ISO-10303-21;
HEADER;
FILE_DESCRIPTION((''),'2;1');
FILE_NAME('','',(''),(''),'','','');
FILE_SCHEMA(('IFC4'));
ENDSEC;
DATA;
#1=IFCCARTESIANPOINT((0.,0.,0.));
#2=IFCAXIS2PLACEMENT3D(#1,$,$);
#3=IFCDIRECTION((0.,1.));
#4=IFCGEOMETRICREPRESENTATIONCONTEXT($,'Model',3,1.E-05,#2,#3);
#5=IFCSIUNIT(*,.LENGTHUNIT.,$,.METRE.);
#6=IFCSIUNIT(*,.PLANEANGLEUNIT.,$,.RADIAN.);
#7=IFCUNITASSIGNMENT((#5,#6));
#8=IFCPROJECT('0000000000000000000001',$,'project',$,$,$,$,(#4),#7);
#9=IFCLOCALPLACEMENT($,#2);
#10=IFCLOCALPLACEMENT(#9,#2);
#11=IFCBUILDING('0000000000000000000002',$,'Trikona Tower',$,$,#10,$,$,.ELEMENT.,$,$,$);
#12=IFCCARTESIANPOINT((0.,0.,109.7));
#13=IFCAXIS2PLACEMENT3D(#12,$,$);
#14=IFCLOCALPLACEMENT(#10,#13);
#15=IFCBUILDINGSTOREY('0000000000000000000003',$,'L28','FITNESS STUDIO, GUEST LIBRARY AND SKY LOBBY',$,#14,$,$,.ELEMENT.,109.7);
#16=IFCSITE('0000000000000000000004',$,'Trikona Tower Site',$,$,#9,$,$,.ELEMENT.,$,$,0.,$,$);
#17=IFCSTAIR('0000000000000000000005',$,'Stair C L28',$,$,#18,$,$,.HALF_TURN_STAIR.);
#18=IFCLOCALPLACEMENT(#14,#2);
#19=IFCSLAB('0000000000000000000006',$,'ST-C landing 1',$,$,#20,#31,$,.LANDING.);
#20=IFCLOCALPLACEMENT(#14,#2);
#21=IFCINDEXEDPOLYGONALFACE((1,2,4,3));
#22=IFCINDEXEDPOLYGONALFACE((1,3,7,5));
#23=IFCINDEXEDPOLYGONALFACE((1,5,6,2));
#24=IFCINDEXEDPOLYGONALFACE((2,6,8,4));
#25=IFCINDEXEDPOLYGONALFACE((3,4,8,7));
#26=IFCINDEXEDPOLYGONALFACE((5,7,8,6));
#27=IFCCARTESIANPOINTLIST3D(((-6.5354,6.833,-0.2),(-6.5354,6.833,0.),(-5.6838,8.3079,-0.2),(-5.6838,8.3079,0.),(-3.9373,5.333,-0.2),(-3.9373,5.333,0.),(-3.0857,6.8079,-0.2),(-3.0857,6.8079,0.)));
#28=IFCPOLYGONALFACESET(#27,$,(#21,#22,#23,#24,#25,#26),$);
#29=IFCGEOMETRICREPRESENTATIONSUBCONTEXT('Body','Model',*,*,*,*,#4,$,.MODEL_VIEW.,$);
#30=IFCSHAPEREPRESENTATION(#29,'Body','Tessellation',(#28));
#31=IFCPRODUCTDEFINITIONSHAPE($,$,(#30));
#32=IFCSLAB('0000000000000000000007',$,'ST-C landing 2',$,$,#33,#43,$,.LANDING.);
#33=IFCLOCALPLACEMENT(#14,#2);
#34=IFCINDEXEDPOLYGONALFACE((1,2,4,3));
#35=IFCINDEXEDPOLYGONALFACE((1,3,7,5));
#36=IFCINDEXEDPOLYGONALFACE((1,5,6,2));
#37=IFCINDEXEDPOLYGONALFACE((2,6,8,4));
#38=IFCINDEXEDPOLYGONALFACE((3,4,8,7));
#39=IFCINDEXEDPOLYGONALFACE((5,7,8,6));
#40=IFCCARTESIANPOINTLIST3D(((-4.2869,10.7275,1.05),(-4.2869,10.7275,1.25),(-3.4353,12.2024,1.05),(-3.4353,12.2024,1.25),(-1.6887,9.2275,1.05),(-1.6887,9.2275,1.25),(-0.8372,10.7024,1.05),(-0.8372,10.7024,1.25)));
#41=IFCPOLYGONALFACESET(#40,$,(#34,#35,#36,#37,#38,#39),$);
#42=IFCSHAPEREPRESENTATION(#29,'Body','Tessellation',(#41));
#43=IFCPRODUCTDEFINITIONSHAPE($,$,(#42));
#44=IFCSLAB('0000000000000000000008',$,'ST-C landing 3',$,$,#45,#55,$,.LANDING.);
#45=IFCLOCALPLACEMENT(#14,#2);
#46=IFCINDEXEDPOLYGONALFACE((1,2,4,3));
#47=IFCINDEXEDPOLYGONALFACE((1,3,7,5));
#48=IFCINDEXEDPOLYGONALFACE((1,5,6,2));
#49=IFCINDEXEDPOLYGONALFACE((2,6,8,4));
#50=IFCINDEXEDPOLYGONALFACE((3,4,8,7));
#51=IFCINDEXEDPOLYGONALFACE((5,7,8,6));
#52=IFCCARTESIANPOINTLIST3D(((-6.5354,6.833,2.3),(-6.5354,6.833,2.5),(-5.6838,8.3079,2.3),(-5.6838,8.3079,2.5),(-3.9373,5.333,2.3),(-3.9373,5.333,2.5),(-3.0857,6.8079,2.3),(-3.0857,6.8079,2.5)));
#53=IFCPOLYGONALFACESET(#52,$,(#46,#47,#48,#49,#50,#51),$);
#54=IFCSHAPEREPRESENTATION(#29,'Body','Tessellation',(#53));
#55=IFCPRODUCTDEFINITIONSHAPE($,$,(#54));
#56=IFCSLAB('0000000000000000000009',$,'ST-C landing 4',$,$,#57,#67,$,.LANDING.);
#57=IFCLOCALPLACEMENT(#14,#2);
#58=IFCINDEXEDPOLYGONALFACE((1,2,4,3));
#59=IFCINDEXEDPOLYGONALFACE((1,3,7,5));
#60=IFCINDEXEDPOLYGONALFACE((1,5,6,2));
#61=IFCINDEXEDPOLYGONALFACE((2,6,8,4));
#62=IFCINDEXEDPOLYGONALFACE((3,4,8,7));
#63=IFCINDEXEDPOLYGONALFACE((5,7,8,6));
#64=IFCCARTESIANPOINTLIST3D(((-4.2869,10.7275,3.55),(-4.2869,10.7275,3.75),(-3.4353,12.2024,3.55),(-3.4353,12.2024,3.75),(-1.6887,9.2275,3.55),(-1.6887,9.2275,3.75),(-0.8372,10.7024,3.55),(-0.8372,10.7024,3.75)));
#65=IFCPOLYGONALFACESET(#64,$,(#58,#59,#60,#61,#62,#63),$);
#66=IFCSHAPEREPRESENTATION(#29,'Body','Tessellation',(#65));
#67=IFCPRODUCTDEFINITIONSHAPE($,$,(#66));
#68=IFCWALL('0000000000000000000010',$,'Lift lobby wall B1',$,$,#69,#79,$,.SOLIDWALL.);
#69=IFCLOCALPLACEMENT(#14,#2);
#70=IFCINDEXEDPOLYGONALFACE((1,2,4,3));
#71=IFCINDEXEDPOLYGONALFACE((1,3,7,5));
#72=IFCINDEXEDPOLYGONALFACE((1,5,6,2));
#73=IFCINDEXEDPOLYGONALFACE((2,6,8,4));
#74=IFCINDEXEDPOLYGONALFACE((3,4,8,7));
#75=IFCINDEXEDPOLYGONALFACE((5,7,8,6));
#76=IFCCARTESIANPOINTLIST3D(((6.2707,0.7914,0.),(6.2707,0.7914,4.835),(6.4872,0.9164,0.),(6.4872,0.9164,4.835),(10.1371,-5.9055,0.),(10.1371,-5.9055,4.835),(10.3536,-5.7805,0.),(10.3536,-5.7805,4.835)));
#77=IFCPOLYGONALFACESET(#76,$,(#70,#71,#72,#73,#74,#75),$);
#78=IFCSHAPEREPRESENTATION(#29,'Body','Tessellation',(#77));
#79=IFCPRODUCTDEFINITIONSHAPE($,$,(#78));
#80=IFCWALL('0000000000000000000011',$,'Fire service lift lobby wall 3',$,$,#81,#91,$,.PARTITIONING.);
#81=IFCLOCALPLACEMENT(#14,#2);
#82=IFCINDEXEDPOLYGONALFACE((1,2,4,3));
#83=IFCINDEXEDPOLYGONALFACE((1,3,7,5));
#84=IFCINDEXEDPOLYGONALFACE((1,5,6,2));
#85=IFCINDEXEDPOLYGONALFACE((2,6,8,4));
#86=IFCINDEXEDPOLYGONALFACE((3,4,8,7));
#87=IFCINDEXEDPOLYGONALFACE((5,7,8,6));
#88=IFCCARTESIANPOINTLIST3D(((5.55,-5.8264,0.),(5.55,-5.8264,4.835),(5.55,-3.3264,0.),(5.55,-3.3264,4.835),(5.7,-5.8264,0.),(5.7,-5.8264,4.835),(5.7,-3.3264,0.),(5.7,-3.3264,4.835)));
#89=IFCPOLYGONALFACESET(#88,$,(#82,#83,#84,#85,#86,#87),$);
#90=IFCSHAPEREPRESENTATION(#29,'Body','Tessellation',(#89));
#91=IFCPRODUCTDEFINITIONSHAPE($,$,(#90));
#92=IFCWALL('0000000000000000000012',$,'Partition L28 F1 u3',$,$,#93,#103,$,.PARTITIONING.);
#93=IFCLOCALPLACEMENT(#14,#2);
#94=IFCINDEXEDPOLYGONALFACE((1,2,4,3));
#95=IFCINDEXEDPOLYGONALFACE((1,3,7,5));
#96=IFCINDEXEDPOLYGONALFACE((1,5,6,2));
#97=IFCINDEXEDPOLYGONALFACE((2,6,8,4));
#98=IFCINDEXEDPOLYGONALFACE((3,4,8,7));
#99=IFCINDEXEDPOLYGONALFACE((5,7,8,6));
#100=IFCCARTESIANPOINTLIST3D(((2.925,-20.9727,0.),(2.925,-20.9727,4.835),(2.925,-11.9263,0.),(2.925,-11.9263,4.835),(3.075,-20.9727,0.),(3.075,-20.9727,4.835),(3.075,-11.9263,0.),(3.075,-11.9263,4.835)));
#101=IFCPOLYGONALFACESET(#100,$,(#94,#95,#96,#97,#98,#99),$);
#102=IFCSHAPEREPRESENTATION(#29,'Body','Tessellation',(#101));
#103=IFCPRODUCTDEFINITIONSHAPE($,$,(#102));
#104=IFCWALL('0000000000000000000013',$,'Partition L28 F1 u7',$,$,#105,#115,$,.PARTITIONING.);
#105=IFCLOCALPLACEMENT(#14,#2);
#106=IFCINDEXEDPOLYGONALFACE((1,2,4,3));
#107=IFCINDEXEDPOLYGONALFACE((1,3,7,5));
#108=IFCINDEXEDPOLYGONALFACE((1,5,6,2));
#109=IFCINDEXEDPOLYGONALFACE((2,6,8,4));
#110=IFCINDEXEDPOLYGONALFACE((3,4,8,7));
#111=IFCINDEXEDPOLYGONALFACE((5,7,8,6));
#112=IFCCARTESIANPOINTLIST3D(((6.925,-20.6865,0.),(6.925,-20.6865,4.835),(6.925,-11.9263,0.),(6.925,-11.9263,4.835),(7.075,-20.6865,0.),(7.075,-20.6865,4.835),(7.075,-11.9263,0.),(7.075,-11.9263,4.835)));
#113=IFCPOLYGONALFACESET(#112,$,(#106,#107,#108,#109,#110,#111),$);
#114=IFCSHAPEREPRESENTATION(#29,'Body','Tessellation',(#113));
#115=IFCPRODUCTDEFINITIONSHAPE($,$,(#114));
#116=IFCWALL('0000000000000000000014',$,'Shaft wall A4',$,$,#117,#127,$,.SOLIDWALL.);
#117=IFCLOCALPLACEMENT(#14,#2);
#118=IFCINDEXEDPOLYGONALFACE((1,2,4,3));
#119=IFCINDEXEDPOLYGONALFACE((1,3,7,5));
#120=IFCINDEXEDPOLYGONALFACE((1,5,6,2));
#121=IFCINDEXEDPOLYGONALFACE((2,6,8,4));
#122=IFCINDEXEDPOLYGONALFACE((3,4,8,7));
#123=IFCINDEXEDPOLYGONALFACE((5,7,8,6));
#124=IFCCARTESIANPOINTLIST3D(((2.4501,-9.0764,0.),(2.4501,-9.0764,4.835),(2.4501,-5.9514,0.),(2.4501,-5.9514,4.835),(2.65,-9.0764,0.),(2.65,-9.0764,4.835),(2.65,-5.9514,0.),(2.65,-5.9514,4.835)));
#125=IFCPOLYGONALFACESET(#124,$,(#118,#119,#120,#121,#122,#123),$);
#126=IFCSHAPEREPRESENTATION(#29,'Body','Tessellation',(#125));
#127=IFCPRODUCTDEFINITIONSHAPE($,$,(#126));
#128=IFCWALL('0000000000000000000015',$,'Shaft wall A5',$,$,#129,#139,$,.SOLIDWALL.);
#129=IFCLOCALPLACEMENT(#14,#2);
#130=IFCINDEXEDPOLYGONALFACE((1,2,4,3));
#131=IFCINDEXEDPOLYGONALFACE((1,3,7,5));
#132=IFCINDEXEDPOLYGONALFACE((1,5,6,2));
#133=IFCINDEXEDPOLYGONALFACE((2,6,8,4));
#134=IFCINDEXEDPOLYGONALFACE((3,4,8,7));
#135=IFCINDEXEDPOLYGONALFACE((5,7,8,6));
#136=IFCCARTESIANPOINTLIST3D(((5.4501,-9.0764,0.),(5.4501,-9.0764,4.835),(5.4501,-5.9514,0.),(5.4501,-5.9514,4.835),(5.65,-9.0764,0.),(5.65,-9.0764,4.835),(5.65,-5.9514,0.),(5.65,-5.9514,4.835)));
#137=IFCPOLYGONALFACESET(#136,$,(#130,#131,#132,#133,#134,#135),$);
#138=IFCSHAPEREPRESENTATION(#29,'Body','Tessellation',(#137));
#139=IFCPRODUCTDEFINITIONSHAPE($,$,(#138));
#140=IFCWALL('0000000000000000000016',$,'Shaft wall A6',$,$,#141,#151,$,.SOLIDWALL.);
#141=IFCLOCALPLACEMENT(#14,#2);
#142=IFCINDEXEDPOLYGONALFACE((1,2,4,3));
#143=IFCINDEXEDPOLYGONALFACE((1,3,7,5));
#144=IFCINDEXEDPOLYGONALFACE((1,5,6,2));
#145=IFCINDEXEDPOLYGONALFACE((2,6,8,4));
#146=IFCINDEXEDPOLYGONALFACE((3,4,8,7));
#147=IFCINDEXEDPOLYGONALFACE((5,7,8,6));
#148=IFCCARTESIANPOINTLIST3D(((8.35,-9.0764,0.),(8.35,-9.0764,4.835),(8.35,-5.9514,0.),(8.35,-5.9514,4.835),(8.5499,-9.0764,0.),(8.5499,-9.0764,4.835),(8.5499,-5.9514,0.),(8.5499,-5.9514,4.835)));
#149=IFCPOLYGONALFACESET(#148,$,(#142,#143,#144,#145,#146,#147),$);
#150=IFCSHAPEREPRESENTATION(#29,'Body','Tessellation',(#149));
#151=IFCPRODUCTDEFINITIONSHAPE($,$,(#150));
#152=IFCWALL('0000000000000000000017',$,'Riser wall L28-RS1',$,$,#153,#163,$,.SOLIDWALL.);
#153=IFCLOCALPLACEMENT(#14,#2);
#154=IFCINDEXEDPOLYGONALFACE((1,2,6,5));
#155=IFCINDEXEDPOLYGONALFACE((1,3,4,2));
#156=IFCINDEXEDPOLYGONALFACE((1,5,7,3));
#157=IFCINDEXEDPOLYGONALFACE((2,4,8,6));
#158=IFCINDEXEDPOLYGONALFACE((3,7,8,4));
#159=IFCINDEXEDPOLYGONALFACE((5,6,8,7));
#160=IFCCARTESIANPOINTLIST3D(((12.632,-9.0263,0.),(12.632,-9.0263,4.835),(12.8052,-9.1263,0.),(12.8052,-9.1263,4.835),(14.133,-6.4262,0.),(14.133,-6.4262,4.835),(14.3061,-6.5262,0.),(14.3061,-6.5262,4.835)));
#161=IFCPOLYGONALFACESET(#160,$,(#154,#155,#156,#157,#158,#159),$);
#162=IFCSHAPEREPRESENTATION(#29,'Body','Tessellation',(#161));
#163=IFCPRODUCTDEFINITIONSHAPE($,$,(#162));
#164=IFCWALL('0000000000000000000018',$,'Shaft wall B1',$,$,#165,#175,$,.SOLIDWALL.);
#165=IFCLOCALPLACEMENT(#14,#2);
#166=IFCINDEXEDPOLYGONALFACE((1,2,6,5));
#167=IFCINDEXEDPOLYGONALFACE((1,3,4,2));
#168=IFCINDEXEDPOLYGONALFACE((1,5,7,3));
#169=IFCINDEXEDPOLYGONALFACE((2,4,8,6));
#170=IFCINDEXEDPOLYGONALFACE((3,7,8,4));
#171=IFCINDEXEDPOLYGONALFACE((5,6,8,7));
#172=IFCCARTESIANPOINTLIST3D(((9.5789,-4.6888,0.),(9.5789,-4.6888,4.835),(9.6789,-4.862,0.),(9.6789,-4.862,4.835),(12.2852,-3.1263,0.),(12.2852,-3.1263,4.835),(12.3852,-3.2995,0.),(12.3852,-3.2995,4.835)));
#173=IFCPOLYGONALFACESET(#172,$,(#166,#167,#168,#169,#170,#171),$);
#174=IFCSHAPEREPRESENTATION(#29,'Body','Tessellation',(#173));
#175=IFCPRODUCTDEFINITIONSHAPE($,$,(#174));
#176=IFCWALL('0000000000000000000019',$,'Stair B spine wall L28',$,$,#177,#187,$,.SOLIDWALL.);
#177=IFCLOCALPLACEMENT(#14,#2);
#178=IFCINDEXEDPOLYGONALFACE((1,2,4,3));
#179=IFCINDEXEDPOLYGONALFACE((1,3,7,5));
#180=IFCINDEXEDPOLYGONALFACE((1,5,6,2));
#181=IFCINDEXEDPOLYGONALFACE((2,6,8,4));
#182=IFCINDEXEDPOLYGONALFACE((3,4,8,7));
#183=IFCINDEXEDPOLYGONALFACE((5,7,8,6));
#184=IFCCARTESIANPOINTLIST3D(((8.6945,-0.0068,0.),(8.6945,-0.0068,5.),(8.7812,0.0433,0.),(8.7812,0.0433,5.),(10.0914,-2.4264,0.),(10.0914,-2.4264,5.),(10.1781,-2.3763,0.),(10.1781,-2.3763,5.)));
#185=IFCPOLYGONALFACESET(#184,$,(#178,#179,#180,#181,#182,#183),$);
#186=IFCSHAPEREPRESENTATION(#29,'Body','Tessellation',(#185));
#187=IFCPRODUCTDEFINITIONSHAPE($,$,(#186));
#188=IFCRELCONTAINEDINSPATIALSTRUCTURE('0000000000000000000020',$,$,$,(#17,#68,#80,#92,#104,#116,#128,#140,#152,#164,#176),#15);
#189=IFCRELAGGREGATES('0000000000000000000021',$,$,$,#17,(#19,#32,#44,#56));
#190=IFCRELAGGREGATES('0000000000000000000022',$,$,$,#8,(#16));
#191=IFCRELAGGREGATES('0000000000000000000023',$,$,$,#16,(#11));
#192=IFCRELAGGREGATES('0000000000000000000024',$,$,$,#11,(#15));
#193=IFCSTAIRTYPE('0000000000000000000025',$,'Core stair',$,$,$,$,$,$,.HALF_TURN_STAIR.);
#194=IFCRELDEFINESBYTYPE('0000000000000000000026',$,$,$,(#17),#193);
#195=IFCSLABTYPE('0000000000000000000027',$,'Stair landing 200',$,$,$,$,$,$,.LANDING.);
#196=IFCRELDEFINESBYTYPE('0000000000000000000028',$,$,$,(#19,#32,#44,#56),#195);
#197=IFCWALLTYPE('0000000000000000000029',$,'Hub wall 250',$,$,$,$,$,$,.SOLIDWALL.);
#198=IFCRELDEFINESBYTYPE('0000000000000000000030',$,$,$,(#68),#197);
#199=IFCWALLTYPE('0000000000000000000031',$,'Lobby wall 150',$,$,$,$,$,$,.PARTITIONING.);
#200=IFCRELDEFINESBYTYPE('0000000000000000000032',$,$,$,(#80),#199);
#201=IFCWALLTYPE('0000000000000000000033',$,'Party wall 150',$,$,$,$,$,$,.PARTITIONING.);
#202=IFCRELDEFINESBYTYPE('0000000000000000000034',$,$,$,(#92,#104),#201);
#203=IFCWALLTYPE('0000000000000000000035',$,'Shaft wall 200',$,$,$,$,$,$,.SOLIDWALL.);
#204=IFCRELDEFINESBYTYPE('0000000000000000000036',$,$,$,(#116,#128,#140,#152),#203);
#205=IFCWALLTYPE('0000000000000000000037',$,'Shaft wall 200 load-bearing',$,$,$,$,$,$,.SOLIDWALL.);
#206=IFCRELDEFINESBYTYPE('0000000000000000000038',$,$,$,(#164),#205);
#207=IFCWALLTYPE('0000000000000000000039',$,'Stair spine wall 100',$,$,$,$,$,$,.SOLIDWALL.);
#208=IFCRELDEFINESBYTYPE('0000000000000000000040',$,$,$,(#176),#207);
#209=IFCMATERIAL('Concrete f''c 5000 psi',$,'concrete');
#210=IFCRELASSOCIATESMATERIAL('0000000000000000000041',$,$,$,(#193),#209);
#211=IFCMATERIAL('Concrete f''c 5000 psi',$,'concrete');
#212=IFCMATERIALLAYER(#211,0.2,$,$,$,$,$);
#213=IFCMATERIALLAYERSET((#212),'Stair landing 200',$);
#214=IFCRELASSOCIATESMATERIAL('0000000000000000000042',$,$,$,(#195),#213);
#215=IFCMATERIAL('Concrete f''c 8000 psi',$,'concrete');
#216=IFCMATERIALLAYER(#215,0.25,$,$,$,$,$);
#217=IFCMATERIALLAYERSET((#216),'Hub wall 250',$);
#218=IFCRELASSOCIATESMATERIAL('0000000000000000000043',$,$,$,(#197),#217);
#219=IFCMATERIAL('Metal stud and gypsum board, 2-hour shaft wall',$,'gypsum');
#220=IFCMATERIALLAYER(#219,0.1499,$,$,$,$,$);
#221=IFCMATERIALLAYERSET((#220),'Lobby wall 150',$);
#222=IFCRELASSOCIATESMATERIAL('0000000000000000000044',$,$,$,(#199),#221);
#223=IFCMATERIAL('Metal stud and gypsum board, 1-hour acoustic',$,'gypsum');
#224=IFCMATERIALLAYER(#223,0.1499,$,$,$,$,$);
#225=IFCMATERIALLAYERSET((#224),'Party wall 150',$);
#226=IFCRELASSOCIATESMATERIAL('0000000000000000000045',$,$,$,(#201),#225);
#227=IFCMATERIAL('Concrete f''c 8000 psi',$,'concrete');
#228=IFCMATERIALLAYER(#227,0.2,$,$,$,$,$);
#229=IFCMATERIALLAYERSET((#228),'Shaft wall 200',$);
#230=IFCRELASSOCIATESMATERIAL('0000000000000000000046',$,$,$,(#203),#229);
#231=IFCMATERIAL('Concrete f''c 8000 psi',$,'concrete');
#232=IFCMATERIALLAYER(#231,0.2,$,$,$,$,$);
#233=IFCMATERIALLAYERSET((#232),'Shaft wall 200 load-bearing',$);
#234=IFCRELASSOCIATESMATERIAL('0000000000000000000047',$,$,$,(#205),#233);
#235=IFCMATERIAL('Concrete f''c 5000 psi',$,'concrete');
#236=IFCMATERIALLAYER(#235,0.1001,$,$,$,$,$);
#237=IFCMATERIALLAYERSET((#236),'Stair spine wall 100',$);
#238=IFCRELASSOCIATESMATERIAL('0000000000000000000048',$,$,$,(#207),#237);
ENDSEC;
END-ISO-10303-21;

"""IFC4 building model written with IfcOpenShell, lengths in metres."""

from ifc_helpers import new_model, si_unit, direction, frame, frame_2d, origin, place, context, subcontext, project, spatial, polyline, rectangle, outline, extrude, material, layer, layer_set, type_object, element, aggregate, save


model = new_model("IFC4")

# Units and contexts
model_context = context("Model", 3, precision=1e-05, world=origin(), true_north=direction((0.0, 1.0)))
body_context = subcontext(model_context, "Body", "Model", "MODEL_VIEW")
ifc_project = project(units=[si_unit("LENGTHUNIT", "METRE"), si_unit("PLANEANGLEUNIT", "RADIAN")], contexts=[model_context])

# Site, building, storey
site_placement = place(None, origin())
site = spatial("IfcSite", under=ifc_project, at=site_placement, Name="Trikona Tower Site", CompositionType="ELEMENT", RefElevation=0.0)
building_placement = place(site_placement, origin())
building = spatial("IfcBuilding", under=site, at=building_placement, Name="Trikona Tower", CompositionType="ELEMENT")
storey_placement = place(building_placement, frame((0.0, 0.0, 109.7)))
storey = spatial("IfcBuildingStorey", under=building, at=storey_placement, Name="L28", Description="FITNESS STUDIO, GUEST LIBRARY AND SKY LOBBY", CompositionType="ELEMENT", Elevation=109.7)

# Stair, slabs
ifc_material_1 = material(Name="Concrete f'c 5000 psi", Category="concrete")
stair_type = type_object("IfcStairType", Name="Core stair", PredefinedType="HALF_TURN_STAIR", material=ifc_material_1)
ifc_material_2 = material(Name="Concrete f'c 5000 psi", Category="concrete")
ifc_layer_1 = layer(ifc_material_2, 0.2)
ifc_layer_set_1 = layer_set([ifc_layer_1], Name="Stair landing 200")
slab_type = type_object("IfcSlabType", Name="Stair landing 200", PredefinedType="LANDING", material=ifc_layer_set_1)
stair_1_placement = place(storey_placement, origin())
stair_1 = element("IfcStair", 1, at=stair_1_placement, inside=storey, type_object=stair_type, Name="Stair C L28", PredefinedType="HALF_TURN_STAIR")
slab_1_placement = place(storey_placement, frame((0.0, 0.0, -0.2)))
slab_1 = element("IfcSlab", 2, at=slab_1_placement, type_object=slab_type, Name="ST-C landing 1", PredefinedType="LANDING", context=body_context, shape_type="SweptSolid", body=[
    extrude(outline(polyline([(-3.0857, 6.8079), (-3.9373, 5.333), (-6.5354, 6.833), (-5.6838, 8.3079), (-3.0857, 6.8079)])), origin(), (0.0, 0.0, 1.0), 0.2),
])
slab_2_placement = place(storey_placement, frame((0.0, 0.0, 1.05)))
slab_2 = element("IfcSlab", 3, at=slab_2_placement, type_object=slab_type, Name="ST-C landing 2", PredefinedType="LANDING", context=body_context, shape_type="SweptSolid", body=[
    extrude(outline(polyline([(-0.8372, 10.7024), (-1.6887, 9.2275), (-4.2869, 10.7275), (-3.4353, 12.2024), (-0.8372, 10.7024)])), origin(), (0.0, 0.0, 1.0), 0.2),
])
slab_3_placement = place(storey_placement, frame((0.0, 0.0, 2.3)))
slab_3 = element("IfcSlab", 4, at=slab_3_placement, type_object=slab_type, Name="ST-C landing 3", PredefinedType="LANDING", context=body_context, shape_type="SweptSolid", body=[
    extrude(outline(polyline([(-3.0857, 6.8079), (-3.9373, 5.333), (-6.5354, 6.833), (-5.6838, 8.3079), (-3.0857, 6.8079)])), origin(), (0.0, 0.0, 1.0), 0.2),
])
slab_4_placement = place(storey_placement, frame((0.0, 0.0, 3.55)))
slab_4 = element("IfcSlab", 5, at=slab_4_placement, type_object=slab_type, Name="ST-C landing 4", PredefinedType="LANDING", context=body_context, shape_type="SweptSolid", body=[
    extrude(outline(polyline([(-0.8372, 10.7024), (-1.6887, 9.2275), (-4.2869, 10.7275), (-3.4353, 12.2024), (-0.8372, 10.7024)])), origin(), (0.0, 0.0, 1.0), 0.2),
])
aggregate(stair_1, [slab_1, slab_2, slab_3, slab_4])

# Walls
ifc_material_3 = material(Name="Concrete f'c 8000 psi", Category="concrete")
ifc_layer_2 = layer(ifc_material_3, 0.25)
ifc_layer_set_2 = layer_set([ifc_layer_2], Name="Hub wall 250")
wall_type_1 = type_object("IfcWallType", Name="Hub wall 250", PredefinedType="SOLIDWALL", material=ifc_layer_set_2)
wall_1_placement = place(storey_placement, frame((10.2454, -5.843, 0.0), z_axis=(0.0, 0.0, 1.0), x_axis=(-0.499993, 0.866029, 0.0)))
element("IfcWall", 6, at=wall_1_placement, inside=storey, type_object=wall_type_1, Name="Lift lobby wall B1", PredefinedType="SOLIDWALL", context=body_context, shape_type="SweptSolid", body=[
    extrude(rectangle(XDim=7.7329, YDim=0.25, at=frame_2d((3.8665, 0.0))), origin(), (0.0, 0.0, 1.0), 4.835),
])
ifc_material_4 = material(Name="Metal stud and gypsum board, 2-hour shaft wall", Category="gypsum")
ifc_layer_3 = layer(ifc_material_4, 0.1499)
ifc_layer_set_3 = layer_set([ifc_layer_3], Name="Lobby wall 150")
wall_type_2 = type_object("IfcWallType", Name="Lobby wall 150", PredefinedType="PARTITIONING", material=ifc_layer_set_3)
wall_2_placement = place(storey_placement, frame((5.625, -5.8264, 0.0), z_axis=(0.0, 0.0, 1.0), x_axis=(0.0, 1.0, 0.0)))
element("IfcWall", 7, at=wall_2_placement, inside=storey, type_object=wall_type_2, Name="Fire service lift lobby wall 3", PredefinedType="PARTITIONING", context=body_context, shape_type="SweptSolid", body=[
    extrude(rectangle(XDim=2.5, YDim=0.1499, at=frame_2d((1.25, 0.0))), origin(), (0.0, 0.0, 1.0), 4.835),
])
ifc_material_5 = material(Name="Metal stud and gypsum board, 1-hour acoustic", Category="gypsum")
ifc_layer_4 = layer(ifc_material_5, 0.1499)
ifc_layer_set_4 = layer_set([ifc_layer_4], Name="Party wall 150")
wall_type_3 = type_object("IfcWallType", Name="Party wall 150", PredefinedType="PARTITIONING", material=ifc_layer_set_4)
wall_3_placement = place(storey_placement, frame((3.0, -11.9263, 0.0), z_axis=(0.0, 0.0, 1.0), x_axis=(0.0, -1.0, 0.0)))
element("IfcWall", 8, at=wall_3_placement, inside=storey, type_object=wall_type_3, Name="Partition L28 F1 u3", PredefinedType="PARTITIONING", context=body_context, shape_type="SweptSolid", body=[
    extrude(rectangle(XDim=9.0464, YDim=0.1499, at=frame_2d((4.5232, 0.0))), origin(), (0.0, 0.0, 1.0), 4.835),
])
wall_4_placement = place(storey_placement, frame((7.0, -11.9263, 0.0), z_axis=(0.0, 0.0, 1.0), x_axis=(0.0, -1.0, 0.0)))
element("IfcWall", 9, at=wall_4_placement, inside=storey, type_object=wall_type_3, Name="Partition L28 F1 u7", PredefinedType="PARTITIONING", context=body_context, shape_type="SweptSolid", body=[
    extrude(rectangle(XDim=8.7603, YDim=0.1499, at=frame_2d((4.3801, 0.0))), origin(), (0.0, 0.0, 1.0), 4.835),
])
ifc_material_6 = material(Name="Concrete f'c 8000 psi", Category="concrete")
ifc_layer_5 = layer(ifc_material_6, 0.2)
ifc_layer_set_5 = layer_set([ifc_layer_5], Name="Shaft wall 200")
wall_type_4 = type_object("IfcWallType", Name="Shaft wall 200", PredefinedType="SOLIDWALL", material=ifc_layer_set_5)
for number, where, z_axis, x_axis, name in (
    (10, (2.55, -5.9514, 0.0), (0.0, 0.0, 1.0), (0.0, -1.0, 0.0), "Shaft wall A4"),
    (11, (5.55, -5.9514, 0.0), (0.0, 0.0, 1.0), (0.0, -1.0, 0.0), "Shaft wall A5"),
    (12, (8.45, -5.9514, 0.0), (0.0, 0.0, 1.0), (0.0, -1.0, 0.0), "Shaft wall A6"),
):
    element("IfcWall", number, at=place(storey_placement, frame(where, z_axis=z_axis, x_axis=x_axis)), inside=storey, type_object=wall_type_4, Name=name, PredefinedType="SOLIDWALL", context=body_context, shape_type="SweptSolid", body=[
        extrude(rectangle(XDim=3.125, YDim=0.2, at=frame_2d((1.5625, 0.0))), origin(), (0.0, 0.0, 1.0), 4.835),
    ])
wall_5_placement = place(storey_placement, frame((14.2195, -6.4763, 0.0), z_axis=(0.0, 0.0, 1.0), x_axis=(-0.499952, -0.866053, 0.0)))
element("IfcWall", 13, at=wall_5_placement, inside=storey, type_object=wall_type_4, Name="Riser wall L28-RS1", PredefinedType="SOLIDWALL", context=body_context, shape_type="SweptSolid", body=[
    extrude(rectangle(XDim=3.0022, YDim=0.2, at=frame_2d((1.501, 0.0))), origin(), (0.0, 0.0, 1.0), 4.835),
])
ifc_material_7 = material(Name="Concrete f'c 8000 psi", Category="concrete")
ifc_layer_6 = layer(ifc_material_7, 0.2)
ifc_layer_set_6 = layer_set([ifc_layer_6], Name="Shaft wall 200 load-bearing")
wall_type_5 = type_object("IfcWallType", Name="Shaft wall 200 load-bearing", PredefinedType="SOLIDWALL", material=ifc_layer_set_6)
wall_6_placement = place(storey_placement, frame((9.6289, -4.7754, 0.0), z_axis=(0.0, 0.0, 1.0), x_axis=(0.866023, 0.500004, 0.0)))
element("IfcWall", 14, at=wall_6_placement, inside=storey, type_object=wall_type_5, Name="Shaft wall B1", PredefinedType="SOLIDWALL", context=body_context, shape_type="SweptSolid", body=[
    extrude(rectangle(XDim=3.125, YDim=0.2, at=frame_2d((1.5625, 0.0))), origin(), (0.0, 0.0, 1.0), 4.835),
])
ifc_material_8 = material(Name="Concrete f'c 5000 psi", Category="concrete")
ifc_layer_7 = layer(ifc_material_8, 0.1001)
ifc_layer_set_7 = layer_set([ifc_layer_7], Name="Stair spine wall 100")
wall_type_6 = type_object("IfcWallType", Name="Stair spine wall 100", PredefinedType="SOLIDWALL", material=ifc_layer_set_7)
wall_7_placement = place(storey_placement, frame((10.1348, -2.4014, 0.0), z_axis=(0.0, 0.0, 1.0), x_axis=(-0.499992, 0.86603, 0.0)))
element("IfcWall", 15, at=wall_7_placement, inside=storey, type_object=wall_type_6, Name="Stair B spine wall L28", PredefinedType="SOLIDWALL", context=body_context, shape_type="SweptSolid", body=[
    extrude(rectangle(XDim=2.7939, YDim=0.1001, at=frame_2d((1.397, 0.0))), origin(), (0.0, 0.0, 1.0), 5.0),
])

save(model, "model.ifc")
